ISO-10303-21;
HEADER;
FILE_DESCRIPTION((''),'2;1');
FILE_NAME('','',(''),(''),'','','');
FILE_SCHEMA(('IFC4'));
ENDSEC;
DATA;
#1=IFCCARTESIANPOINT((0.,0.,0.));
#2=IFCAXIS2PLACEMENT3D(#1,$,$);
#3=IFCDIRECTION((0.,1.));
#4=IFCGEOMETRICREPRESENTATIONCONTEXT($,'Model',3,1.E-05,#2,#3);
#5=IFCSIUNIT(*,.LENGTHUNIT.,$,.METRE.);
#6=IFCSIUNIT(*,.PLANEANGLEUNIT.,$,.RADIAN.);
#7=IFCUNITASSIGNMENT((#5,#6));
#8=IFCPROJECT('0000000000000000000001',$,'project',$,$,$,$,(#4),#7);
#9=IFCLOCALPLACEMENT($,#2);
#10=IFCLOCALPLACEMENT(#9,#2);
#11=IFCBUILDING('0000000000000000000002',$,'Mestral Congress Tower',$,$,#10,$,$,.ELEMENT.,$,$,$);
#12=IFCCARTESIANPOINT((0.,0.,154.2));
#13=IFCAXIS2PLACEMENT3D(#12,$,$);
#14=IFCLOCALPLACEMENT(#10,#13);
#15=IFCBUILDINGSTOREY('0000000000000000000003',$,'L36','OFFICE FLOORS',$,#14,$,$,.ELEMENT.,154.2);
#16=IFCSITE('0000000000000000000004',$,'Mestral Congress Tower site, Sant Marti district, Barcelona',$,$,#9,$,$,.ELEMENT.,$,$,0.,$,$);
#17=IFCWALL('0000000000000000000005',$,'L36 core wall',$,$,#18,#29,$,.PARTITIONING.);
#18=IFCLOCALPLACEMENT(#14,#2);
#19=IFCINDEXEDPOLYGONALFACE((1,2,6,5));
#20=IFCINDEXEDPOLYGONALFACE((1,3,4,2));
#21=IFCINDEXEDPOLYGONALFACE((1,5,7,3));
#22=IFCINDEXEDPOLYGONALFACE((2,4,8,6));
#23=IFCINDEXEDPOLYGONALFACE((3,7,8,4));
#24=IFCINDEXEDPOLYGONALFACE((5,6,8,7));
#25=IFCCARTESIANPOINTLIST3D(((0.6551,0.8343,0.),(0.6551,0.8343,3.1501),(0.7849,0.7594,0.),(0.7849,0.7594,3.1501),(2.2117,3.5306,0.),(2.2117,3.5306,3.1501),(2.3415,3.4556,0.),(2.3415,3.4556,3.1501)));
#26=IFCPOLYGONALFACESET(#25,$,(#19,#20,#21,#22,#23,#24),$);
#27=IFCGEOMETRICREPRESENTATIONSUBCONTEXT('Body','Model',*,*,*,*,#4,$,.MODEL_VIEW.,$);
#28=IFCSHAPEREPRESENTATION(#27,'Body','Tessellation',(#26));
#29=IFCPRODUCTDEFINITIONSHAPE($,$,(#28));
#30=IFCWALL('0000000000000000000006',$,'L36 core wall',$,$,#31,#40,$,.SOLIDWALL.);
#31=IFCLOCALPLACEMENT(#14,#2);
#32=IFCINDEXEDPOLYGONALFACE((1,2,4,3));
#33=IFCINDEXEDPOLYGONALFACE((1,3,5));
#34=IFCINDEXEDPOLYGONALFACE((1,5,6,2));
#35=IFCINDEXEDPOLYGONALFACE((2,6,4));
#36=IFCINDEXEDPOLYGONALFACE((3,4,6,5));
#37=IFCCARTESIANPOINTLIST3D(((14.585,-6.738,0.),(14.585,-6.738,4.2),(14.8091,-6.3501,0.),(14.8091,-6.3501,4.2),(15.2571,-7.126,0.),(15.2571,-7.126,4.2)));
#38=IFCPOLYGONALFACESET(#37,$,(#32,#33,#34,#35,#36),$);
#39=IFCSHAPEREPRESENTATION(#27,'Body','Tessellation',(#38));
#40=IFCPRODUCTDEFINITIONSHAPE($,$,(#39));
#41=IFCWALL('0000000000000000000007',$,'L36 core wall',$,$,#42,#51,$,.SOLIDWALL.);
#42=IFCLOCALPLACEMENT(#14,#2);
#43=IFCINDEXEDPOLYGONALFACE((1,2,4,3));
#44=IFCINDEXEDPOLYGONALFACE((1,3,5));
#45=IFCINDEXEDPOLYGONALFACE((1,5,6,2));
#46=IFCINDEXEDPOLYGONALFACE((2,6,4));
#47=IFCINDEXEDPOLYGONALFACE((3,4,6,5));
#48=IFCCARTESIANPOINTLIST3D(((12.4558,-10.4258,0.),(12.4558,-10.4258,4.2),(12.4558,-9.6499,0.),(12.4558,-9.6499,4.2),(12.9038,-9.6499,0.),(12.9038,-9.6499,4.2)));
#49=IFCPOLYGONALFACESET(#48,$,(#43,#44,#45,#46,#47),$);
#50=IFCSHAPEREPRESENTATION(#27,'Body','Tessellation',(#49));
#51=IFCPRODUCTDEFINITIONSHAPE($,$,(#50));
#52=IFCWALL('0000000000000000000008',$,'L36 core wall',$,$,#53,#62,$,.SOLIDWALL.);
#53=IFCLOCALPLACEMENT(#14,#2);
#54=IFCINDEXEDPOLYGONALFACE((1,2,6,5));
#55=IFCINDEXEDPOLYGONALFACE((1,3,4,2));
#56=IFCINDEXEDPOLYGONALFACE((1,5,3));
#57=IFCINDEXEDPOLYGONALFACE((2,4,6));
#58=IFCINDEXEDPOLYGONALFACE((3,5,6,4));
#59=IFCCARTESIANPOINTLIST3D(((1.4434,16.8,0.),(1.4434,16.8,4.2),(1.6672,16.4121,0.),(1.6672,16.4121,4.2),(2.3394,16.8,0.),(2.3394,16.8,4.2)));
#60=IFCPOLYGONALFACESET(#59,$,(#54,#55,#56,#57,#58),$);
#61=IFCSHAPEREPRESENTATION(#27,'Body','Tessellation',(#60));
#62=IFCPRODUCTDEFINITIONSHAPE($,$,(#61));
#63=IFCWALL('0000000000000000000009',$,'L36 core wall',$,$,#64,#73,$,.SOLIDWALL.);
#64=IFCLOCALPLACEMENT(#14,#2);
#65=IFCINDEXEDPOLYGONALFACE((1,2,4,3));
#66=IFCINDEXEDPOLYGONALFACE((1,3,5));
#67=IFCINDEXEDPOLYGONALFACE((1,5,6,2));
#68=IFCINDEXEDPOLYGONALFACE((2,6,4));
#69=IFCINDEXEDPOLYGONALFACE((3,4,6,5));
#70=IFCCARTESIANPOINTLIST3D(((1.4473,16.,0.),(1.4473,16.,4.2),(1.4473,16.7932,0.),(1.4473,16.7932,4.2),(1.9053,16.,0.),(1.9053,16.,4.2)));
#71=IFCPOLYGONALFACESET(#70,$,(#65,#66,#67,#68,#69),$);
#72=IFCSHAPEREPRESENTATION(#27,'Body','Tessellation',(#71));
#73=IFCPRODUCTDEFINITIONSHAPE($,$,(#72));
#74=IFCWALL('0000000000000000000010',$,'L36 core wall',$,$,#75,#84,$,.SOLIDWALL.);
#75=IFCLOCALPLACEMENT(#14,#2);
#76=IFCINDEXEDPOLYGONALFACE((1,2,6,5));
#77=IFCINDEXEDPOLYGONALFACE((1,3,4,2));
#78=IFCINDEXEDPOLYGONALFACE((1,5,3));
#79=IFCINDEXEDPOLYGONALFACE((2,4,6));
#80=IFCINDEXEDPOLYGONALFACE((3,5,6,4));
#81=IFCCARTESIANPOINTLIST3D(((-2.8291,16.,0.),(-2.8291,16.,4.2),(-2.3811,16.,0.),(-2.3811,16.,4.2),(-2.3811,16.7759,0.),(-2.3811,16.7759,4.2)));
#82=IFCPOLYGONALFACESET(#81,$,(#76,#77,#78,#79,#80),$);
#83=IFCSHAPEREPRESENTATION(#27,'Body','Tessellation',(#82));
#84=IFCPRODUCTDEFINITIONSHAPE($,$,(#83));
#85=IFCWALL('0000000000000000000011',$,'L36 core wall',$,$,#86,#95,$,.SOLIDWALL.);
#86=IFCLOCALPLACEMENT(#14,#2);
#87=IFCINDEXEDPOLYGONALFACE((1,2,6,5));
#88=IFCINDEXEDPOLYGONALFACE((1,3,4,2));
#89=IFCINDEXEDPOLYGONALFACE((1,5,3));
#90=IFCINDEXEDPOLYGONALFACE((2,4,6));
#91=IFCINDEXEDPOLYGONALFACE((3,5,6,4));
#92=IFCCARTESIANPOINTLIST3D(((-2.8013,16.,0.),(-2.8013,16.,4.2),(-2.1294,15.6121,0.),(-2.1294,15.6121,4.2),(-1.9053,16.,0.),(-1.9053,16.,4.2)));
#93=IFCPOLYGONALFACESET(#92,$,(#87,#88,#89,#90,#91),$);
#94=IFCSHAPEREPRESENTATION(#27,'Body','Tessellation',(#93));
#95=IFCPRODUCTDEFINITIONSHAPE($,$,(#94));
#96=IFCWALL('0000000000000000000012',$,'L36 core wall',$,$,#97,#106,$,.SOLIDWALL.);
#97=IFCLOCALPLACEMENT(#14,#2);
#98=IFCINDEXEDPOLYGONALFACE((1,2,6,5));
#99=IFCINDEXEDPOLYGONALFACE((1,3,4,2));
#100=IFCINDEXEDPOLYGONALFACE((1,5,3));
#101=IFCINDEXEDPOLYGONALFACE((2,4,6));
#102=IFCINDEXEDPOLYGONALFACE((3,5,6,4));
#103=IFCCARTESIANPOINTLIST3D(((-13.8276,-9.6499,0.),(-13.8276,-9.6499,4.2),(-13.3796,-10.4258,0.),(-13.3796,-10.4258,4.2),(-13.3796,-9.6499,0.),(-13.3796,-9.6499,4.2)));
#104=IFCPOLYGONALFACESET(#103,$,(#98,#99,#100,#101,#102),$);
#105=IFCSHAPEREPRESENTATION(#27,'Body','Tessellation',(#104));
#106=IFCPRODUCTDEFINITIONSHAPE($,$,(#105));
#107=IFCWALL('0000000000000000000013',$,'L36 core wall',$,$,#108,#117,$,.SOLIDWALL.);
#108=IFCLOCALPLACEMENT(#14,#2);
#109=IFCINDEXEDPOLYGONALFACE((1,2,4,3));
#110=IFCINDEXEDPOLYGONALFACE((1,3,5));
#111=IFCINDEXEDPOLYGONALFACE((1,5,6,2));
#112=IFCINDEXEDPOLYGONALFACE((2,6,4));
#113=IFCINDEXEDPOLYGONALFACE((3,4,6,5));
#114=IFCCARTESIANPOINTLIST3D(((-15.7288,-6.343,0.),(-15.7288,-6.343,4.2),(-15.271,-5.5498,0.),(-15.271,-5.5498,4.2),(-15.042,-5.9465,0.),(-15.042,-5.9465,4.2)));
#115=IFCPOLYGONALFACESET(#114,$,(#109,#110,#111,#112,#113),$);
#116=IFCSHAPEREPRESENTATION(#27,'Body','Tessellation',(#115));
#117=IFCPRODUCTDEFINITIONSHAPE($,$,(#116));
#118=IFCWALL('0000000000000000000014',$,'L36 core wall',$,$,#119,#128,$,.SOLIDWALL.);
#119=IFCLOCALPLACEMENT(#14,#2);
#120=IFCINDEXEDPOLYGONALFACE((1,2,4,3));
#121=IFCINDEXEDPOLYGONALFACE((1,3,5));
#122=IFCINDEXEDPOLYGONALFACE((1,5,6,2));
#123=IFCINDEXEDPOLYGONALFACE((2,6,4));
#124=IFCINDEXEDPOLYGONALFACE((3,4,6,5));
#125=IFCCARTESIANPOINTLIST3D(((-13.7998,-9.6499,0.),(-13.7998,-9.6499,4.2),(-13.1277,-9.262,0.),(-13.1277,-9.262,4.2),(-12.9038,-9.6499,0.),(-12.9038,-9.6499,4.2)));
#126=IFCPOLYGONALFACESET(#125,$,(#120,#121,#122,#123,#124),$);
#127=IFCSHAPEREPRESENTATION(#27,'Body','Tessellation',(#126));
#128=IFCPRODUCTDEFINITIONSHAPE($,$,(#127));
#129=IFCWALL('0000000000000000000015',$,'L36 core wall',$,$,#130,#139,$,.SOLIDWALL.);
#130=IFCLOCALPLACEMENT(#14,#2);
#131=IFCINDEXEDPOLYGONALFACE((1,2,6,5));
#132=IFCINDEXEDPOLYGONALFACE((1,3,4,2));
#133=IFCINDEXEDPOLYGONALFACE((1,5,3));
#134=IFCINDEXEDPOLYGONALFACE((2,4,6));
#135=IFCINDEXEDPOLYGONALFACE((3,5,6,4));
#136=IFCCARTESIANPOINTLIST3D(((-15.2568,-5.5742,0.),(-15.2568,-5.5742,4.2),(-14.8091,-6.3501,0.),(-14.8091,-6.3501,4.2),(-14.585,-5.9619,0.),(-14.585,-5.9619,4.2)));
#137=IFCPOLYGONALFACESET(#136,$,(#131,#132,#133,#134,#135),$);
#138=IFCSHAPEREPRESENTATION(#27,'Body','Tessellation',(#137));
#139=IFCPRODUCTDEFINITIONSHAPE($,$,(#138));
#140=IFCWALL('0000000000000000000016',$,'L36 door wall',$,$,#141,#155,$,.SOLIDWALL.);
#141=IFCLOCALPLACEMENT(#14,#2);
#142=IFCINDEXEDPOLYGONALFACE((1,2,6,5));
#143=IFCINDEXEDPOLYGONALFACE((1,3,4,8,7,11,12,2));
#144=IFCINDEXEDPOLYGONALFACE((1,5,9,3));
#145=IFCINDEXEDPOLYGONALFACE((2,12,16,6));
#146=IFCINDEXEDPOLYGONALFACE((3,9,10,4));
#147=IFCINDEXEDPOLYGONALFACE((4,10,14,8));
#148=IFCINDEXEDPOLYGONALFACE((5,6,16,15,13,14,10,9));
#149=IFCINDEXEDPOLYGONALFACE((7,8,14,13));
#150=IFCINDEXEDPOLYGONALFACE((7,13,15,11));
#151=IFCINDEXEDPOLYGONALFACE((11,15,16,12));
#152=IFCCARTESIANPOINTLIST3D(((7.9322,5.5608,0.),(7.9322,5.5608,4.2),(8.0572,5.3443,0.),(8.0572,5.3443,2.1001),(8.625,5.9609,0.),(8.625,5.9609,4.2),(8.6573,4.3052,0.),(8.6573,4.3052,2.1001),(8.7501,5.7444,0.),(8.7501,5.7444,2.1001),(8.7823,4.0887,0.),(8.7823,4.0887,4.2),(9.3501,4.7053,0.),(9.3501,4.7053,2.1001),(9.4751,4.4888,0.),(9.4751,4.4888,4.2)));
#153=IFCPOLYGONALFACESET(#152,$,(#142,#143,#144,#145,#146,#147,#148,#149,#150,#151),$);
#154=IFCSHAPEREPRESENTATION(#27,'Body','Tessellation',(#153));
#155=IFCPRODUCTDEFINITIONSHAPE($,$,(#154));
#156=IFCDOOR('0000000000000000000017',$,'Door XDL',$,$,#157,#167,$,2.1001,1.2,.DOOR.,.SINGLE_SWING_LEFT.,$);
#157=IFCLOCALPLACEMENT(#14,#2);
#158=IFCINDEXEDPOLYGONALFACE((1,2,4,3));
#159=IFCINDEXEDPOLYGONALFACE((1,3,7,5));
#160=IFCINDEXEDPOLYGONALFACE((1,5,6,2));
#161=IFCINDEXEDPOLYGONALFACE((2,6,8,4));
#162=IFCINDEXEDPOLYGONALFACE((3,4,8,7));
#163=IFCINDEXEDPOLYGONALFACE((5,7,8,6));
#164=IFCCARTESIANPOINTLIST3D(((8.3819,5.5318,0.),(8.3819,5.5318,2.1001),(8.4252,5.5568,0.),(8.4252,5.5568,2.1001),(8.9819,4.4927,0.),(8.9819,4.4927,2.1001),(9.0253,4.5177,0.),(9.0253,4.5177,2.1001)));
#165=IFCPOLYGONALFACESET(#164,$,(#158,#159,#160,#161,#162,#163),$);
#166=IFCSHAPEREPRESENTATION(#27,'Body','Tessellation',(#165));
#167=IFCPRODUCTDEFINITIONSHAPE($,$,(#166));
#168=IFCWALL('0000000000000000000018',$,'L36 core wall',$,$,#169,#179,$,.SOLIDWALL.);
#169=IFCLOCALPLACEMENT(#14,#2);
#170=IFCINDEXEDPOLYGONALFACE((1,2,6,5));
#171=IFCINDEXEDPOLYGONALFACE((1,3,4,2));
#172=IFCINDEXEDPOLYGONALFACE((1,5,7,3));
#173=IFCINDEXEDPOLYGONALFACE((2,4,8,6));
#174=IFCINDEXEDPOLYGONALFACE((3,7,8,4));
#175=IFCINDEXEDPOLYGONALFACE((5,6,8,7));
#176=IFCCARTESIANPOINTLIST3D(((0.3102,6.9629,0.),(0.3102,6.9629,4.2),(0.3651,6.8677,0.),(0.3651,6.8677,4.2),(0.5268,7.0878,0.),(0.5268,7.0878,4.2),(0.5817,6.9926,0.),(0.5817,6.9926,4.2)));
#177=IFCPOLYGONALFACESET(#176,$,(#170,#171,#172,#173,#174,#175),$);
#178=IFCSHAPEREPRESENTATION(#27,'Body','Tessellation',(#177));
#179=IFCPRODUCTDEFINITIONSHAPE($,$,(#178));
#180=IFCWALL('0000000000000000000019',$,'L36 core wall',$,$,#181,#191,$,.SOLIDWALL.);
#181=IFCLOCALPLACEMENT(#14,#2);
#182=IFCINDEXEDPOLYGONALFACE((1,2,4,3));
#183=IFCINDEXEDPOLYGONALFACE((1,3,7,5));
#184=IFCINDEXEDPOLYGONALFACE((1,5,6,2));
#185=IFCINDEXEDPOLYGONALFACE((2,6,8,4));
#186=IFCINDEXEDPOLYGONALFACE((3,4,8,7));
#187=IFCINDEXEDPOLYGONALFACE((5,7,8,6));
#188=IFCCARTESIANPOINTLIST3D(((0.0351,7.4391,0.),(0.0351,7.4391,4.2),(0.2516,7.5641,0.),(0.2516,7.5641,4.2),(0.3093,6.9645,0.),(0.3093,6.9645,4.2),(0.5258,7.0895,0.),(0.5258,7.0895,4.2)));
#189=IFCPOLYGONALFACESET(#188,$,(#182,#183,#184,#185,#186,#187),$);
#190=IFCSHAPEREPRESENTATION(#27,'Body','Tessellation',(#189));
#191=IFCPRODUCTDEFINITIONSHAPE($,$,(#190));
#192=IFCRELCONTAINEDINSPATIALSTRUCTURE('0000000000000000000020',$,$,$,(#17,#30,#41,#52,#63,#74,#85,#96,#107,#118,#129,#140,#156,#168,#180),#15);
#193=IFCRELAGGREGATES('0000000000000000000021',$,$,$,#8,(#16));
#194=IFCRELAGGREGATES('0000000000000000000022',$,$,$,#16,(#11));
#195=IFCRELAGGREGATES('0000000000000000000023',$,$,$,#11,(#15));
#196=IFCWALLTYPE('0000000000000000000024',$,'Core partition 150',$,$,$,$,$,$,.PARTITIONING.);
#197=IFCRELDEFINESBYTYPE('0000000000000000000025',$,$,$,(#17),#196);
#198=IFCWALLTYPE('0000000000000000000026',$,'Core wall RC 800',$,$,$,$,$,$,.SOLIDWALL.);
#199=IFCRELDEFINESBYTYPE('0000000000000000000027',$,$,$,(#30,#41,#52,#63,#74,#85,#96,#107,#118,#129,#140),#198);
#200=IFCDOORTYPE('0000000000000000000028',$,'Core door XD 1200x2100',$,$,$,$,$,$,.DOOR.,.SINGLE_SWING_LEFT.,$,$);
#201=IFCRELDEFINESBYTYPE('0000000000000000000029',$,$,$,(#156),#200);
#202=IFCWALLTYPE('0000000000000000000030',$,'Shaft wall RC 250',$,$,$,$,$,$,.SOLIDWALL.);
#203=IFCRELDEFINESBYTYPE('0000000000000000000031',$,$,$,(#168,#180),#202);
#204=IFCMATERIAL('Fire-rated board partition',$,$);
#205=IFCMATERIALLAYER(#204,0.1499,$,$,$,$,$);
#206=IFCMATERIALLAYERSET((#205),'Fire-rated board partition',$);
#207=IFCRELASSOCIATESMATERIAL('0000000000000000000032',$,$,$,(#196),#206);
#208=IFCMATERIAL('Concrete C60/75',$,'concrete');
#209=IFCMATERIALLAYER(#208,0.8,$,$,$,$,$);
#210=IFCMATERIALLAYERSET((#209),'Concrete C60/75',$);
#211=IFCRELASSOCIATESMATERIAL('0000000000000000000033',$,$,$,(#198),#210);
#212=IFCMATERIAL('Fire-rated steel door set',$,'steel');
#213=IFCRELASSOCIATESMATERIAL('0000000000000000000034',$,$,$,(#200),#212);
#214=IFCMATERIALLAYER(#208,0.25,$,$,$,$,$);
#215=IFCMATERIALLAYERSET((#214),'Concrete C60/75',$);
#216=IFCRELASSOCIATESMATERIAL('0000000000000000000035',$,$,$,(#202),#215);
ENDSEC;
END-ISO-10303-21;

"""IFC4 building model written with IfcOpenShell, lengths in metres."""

from ifc_helpers import new_model, si_unit, direction, frame, frame_2d, origin, place, context, subcontext, project, spatial, polyline, rectangle, outline, extrude, material, layer, layer_set, type_object, element, fill, save


model = new_model("IFC4")

# Units and contexts
model_context = context("Model", 3, precision=1e-05, world=origin(), true_north=direction((0.0, 1.0)))
body_context = subcontext(model_context, "Body", "Model", "MODEL_VIEW")
ifc_project = project(units=[si_unit("LENGTHUNIT", "METRE"), si_unit("PLANEANGLEUNIT", "RADIAN")], contexts=[model_context])

# Site, building, storey
site_placement = place(None, origin())
site = spatial("IfcSite", under=ifc_project, at=site_placement, Name="Mestral Congress Tower site, Sant Marti district, Barcelona", CompositionType="ELEMENT", RefElevation=0.0)
building_placement = place(site_placement, origin())
building = spatial("IfcBuilding", under=site, at=building_placement, Name="Mestral Congress Tower", CompositionType="ELEMENT")
storey_placement = place(building_placement, frame((0.0, 0.0, 154.2)))
storey = spatial("IfcBuildingStorey", under=building, at=storey_placement, Name="L36", Description="OFFICE FLOORS", CompositionType="ELEMENT", Elevation=154.2)

# Walls
ifc_material_1 = material(Name="Fire-rated board partition")
ifc_layer_1 = layer(ifc_material_1, 0.1499)
ifc_layer_set_1 = layer_set([ifc_layer_1], Name="Fire-rated board partition")
wall_type_1 = type_object("IfcWallType", Name="Core partition 150", PredefinedType="PARTITIONING", material=ifc_layer_set_1)
wall_1_placement = place(storey_placement, frame((0.72, 0.7969, 0.0), z_axis=(0.0, 0.0, 1.0), x_axis=(0.499985, 0.866034, 0.0)))
element("IfcWall", 1, at=wall_1_placement, inside=storey, type_object=wall_type_1, Name="L36 core wall", PredefinedType="PARTITIONING", context=body_context, shape_type="SweptSolid", body=[
    extrude(rectangle(XDim=3.1133, YDim=0.1499, at=frame_2d((1.5566, 0.0))), origin(), (0.0, 0.0, 1.0), 3.1501),
])
ifc_material_2 = material(Name="Concrete C60/75", Category="concrete")
ifc_layer_2 = layer(ifc_material_2, 0.8)
ifc_layer_set_2 = layer_set([ifc_layer_2], Name="Concrete C60/75")
wall_type_2 = type_object("IfcWallType", Name="Core wall RC 800", PredefinedType="SOLIDWALL", material=ifc_layer_set_2)
placement = place(storey_placement, origin())
element("IfcWall", 2, at=placement, inside=storey, type_object=wall_type_2, Name="L36 core wall", PredefinedType="SOLIDWALL", context=body_context, shape_type="SweptSolid", body=[
    extrude(outline(polyline([(14.8091, -6.3501), (15.2571, -7.126), (14.585, -6.738), (14.8091, -6.3501)])), origin(), (0.0, 0.0, 1.0), 4.2),
])
element("IfcWall", 3, at=placement, inside=storey, type_object=wall_type_2, Name="L36 core wall", PredefinedType="SOLIDWALL", context=body_context, shape_type="SweptSolid", body=[
    extrude(outline(polyline([(12.9038, -9.6499), (12.4558, -10.4258), (12.4558, -9.6499), (12.9038, -9.6499)])), origin(), (0.0, 0.0, 1.0), 4.2),
])
element("IfcWall", 4, at=placement, inside=storey, type_object=wall_type_2, Name="L36 core wall", PredefinedType="SOLIDWALL", context=body_context, shape_type="SweptSolid", body=[
    extrude(outline(polyline([(1.4434, 16.8), (2.3394, 16.8), (1.6672, 16.4121), (1.4434, 16.8)])), origin(), (0.0, 0.0, 1.0), 4.2),
])
element("IfcWall", 5, at=placement, inside=storey, type_object=wall_type_2, Name="L36 core wall", PredefinedType="SOLIDWALL", context=body_context, shape_type="SweptSolid", body=[
    extrude(outline(polyline([(1.9053, 16.0), (1.4473, 16.0), (1.4473, 16.7932), (1.9053, 16.0)])), origin(), (0.0, 0.0, 1.0), 4.2),
])
element("IfcWall", 6, at=placement, inside=storey, type_object=wall_type_2, Name="L36 core wall", PredefinedType="SOLIDWALL", context=body_context, shape_type="SweptSolid", body=[
    extrude(outline(polyline([(-2.8291, 16.0), (-2.3811, 16.7759), (-2.3811, 16.0), (-2.8291, 16.0)])), origin(), (0.0, 0.0, 1.0), 4.2),
])
element("IfcWall", 7, at=placement, inside=storey, type_object=wall_type_2, Name="L36 core wall", PredefinedType="SOLIDWALL", context=body_context, shape_type="SweptSolid", body=[
    extrude(outline(polyline([(-1.9053, 16.0), (-2.1294, 15.6121), (-2.8013, 16.0), (-1.9053, 16.0)])), origin(), (0.0, 0.0, 1.0), 4.2),
])
element("IfcWall", 8, at=placement, inside=storey, type_object=wall_type_2, Name="L36 core wall", PredefinedType="SOLIDWALL", context=body_context, shape_type="SweptSolid", body=[
    extrude(outline(polyline([(-13.8276, -9.6499), (-13.3796, -9.6499), (-13.3796, -10.4258), (-13.8276, -9.6499)])), origin(), (0.0, 0.0, 1.0), 4.2),
])
element("IfcWall", 9, at=placement, inside=storey, type_object=wall_type_2, Name="L36 core wall", PredefinedType="SOLIDWALL", context=body_context, shape_type="SweptSolid", body=[
    extrude(outline(polyline([(-15.042, -5.9465), (-15.7288, -6.343), (-15.271, -5.5498), (-15.042, -5.9465)])), origin(), (0.0, 0.0, 1.0), 4.2),
])
element("IfcWall", 10, at=placement, inside=storey, type_object=wall_type_2, Name="L36 core wall", PredefinedType="SOLIDWALL", context=body_context, shape_type="SweptSolid", body=[
    extrude(outline(polyline([(-12.9038, -9.6499), (-13.7998, -9.6499), (-13.1277, -9.262), (-12.9038, -9.6499)])), origin(), (0.0, 0.0, 1.0), 4.2),
])
element("IfcWall", 11, at=placement, inside=storey, type_object=wall_type_2, Name="L36 core wall", PredefinedType="SOLIDWALL", context=body_context, shape_type="SweptSolid", body=[
    extrude(outline(polyline([(-14.8091, -6.3501), (-15.2568, -5.5742), (-14.585, -5.9619), (-14.8091, -6.3501)])), origin(), (0.0, 0.0, 1.0), 4.2),
])

# Wall, opening, door
wall_2_placement = place(storey_placement, frame((8.2786, 5.761, 0.0), z_axis=(0.0, 0.0, 1.0), x_axis=(0.500062, -0.865989, 0.0)))
wall_2 = element("IfcWall", 12, at=wall_2_placement, inside=storey, type_object=wall_type_2, Name="L36 door wall", PredefinedType="SOLIDWALL", context=body_context, shape_type="SweptSolid", body=[
    extrude(rectangle(XDim=1.7, YDim=0.8, at=frame_2d((0.8501, 0.0))), origin(), (0.0, 0.0, 1.0), 4.2),
])
opening_placement = place(wall_2_placement, frame((0.25, 0.0, 0.0)))
opening = element("IfcOpeningElement", 13, at=opening_placement, cuts=wall_2, PredefinedType="OPENING", context=body_context, shape_type="SweptSolid", body=[
    extrude(rectangle(XDim=1.2, YDim=2.1001, at=frame_2d((0.6001, 1.05))), frame((0.0, 0.4099, 0.0), z_axis=(0.0, -1.0, 0.0), x_axis=(1.0, 0.0, 0.0)), (0.0, 0.0, 1.0), 0.8201),
])
ifc_material_3 = material(Name="Fire-rated steel door set", Category="steel")
door_type = type_object("IfcDoorType", Name="Core door XD 1200x2100", OperationType="SINGLE_SWING_LEFT", PredefinedType="DOOR", material=ifc_material_3)
door_placement = place(opening_placement, origin())
door = element("IfcDoor", 14, at=door_placement, inside=storey, type_object=door_type, Name="Door XDL", OperationType="SINGLE_SWING_LEFT", OverallHeight=2.1001, OverallWidth=1.2, PredefinedType="DOOR", context=body_context, shape_type="SweptSolid", body=[
    extrude(rectangle(XDim=1.2, YDim=2.1001, at=frame_2d((0.6001, 1.05))), frame((0.0, 0.0249, 0.0), z_axis=(0.0, -1.0, 0.0), x_axis=(1.0, 0.0, 0.0)), (0.0, 0.0, 1.0), 0.05),
])
fill(opening, door)

# Walls
ifc_layer_3 = layer(ifc_material_2, 0.25)
ifc_layer_set_3 = layer_set([ifc_layer_3], Name="Concrete C60/75")
wall_type_3 = type_object("IfcWallType", Name="Shaft wall RC 250", PredefinedType="SOLIDWALL", material=ifc_layer_set_3)
wall_3_placement = place(storey_placement, frame((0.4734, 6.9302, 0.0), z_axis=(0.0, 0.0, 1.0), x_axis=(-0.499722, 0.866186, 0.0)))
element("IfcWall", 15, at=wall_3_placement, inside=storey, type_object=wall_type_3, Name="L36 core wall", PredefinedType="SOLIDWALL", context=body_context, shape_type="SweptSolid", body=[
    extrude(rectangle(XDim=0.1099, YDim=0.25, at=frame_2d((0.0549, 0.0))), origin(), (0.0, 0.0, 1.0), 4.2),
])
wall_4_placement = place(storey_placement, frame((0.4175, 7.0271, 0.0), z_axis=(0.0, 0.0, 1.0), x_axis=(-0.500211, 0.865904, 0.0)))
element("IfcWall", 16, at=wall_4_placement, inside=storey, type_object=wall_type_3, Name="L36 core wall", PredefinedType="SOLIDWALL", context=body_context, shape_type="SweptSolid", body=[
    extrude(rectangle(XDim=0.5481, YDim=0.25, at=frame_2d((0.2739, 0.0))), origin(), (0.0, 0.0, 1.0), 4.2),
])

save(model, "model.ifc")
